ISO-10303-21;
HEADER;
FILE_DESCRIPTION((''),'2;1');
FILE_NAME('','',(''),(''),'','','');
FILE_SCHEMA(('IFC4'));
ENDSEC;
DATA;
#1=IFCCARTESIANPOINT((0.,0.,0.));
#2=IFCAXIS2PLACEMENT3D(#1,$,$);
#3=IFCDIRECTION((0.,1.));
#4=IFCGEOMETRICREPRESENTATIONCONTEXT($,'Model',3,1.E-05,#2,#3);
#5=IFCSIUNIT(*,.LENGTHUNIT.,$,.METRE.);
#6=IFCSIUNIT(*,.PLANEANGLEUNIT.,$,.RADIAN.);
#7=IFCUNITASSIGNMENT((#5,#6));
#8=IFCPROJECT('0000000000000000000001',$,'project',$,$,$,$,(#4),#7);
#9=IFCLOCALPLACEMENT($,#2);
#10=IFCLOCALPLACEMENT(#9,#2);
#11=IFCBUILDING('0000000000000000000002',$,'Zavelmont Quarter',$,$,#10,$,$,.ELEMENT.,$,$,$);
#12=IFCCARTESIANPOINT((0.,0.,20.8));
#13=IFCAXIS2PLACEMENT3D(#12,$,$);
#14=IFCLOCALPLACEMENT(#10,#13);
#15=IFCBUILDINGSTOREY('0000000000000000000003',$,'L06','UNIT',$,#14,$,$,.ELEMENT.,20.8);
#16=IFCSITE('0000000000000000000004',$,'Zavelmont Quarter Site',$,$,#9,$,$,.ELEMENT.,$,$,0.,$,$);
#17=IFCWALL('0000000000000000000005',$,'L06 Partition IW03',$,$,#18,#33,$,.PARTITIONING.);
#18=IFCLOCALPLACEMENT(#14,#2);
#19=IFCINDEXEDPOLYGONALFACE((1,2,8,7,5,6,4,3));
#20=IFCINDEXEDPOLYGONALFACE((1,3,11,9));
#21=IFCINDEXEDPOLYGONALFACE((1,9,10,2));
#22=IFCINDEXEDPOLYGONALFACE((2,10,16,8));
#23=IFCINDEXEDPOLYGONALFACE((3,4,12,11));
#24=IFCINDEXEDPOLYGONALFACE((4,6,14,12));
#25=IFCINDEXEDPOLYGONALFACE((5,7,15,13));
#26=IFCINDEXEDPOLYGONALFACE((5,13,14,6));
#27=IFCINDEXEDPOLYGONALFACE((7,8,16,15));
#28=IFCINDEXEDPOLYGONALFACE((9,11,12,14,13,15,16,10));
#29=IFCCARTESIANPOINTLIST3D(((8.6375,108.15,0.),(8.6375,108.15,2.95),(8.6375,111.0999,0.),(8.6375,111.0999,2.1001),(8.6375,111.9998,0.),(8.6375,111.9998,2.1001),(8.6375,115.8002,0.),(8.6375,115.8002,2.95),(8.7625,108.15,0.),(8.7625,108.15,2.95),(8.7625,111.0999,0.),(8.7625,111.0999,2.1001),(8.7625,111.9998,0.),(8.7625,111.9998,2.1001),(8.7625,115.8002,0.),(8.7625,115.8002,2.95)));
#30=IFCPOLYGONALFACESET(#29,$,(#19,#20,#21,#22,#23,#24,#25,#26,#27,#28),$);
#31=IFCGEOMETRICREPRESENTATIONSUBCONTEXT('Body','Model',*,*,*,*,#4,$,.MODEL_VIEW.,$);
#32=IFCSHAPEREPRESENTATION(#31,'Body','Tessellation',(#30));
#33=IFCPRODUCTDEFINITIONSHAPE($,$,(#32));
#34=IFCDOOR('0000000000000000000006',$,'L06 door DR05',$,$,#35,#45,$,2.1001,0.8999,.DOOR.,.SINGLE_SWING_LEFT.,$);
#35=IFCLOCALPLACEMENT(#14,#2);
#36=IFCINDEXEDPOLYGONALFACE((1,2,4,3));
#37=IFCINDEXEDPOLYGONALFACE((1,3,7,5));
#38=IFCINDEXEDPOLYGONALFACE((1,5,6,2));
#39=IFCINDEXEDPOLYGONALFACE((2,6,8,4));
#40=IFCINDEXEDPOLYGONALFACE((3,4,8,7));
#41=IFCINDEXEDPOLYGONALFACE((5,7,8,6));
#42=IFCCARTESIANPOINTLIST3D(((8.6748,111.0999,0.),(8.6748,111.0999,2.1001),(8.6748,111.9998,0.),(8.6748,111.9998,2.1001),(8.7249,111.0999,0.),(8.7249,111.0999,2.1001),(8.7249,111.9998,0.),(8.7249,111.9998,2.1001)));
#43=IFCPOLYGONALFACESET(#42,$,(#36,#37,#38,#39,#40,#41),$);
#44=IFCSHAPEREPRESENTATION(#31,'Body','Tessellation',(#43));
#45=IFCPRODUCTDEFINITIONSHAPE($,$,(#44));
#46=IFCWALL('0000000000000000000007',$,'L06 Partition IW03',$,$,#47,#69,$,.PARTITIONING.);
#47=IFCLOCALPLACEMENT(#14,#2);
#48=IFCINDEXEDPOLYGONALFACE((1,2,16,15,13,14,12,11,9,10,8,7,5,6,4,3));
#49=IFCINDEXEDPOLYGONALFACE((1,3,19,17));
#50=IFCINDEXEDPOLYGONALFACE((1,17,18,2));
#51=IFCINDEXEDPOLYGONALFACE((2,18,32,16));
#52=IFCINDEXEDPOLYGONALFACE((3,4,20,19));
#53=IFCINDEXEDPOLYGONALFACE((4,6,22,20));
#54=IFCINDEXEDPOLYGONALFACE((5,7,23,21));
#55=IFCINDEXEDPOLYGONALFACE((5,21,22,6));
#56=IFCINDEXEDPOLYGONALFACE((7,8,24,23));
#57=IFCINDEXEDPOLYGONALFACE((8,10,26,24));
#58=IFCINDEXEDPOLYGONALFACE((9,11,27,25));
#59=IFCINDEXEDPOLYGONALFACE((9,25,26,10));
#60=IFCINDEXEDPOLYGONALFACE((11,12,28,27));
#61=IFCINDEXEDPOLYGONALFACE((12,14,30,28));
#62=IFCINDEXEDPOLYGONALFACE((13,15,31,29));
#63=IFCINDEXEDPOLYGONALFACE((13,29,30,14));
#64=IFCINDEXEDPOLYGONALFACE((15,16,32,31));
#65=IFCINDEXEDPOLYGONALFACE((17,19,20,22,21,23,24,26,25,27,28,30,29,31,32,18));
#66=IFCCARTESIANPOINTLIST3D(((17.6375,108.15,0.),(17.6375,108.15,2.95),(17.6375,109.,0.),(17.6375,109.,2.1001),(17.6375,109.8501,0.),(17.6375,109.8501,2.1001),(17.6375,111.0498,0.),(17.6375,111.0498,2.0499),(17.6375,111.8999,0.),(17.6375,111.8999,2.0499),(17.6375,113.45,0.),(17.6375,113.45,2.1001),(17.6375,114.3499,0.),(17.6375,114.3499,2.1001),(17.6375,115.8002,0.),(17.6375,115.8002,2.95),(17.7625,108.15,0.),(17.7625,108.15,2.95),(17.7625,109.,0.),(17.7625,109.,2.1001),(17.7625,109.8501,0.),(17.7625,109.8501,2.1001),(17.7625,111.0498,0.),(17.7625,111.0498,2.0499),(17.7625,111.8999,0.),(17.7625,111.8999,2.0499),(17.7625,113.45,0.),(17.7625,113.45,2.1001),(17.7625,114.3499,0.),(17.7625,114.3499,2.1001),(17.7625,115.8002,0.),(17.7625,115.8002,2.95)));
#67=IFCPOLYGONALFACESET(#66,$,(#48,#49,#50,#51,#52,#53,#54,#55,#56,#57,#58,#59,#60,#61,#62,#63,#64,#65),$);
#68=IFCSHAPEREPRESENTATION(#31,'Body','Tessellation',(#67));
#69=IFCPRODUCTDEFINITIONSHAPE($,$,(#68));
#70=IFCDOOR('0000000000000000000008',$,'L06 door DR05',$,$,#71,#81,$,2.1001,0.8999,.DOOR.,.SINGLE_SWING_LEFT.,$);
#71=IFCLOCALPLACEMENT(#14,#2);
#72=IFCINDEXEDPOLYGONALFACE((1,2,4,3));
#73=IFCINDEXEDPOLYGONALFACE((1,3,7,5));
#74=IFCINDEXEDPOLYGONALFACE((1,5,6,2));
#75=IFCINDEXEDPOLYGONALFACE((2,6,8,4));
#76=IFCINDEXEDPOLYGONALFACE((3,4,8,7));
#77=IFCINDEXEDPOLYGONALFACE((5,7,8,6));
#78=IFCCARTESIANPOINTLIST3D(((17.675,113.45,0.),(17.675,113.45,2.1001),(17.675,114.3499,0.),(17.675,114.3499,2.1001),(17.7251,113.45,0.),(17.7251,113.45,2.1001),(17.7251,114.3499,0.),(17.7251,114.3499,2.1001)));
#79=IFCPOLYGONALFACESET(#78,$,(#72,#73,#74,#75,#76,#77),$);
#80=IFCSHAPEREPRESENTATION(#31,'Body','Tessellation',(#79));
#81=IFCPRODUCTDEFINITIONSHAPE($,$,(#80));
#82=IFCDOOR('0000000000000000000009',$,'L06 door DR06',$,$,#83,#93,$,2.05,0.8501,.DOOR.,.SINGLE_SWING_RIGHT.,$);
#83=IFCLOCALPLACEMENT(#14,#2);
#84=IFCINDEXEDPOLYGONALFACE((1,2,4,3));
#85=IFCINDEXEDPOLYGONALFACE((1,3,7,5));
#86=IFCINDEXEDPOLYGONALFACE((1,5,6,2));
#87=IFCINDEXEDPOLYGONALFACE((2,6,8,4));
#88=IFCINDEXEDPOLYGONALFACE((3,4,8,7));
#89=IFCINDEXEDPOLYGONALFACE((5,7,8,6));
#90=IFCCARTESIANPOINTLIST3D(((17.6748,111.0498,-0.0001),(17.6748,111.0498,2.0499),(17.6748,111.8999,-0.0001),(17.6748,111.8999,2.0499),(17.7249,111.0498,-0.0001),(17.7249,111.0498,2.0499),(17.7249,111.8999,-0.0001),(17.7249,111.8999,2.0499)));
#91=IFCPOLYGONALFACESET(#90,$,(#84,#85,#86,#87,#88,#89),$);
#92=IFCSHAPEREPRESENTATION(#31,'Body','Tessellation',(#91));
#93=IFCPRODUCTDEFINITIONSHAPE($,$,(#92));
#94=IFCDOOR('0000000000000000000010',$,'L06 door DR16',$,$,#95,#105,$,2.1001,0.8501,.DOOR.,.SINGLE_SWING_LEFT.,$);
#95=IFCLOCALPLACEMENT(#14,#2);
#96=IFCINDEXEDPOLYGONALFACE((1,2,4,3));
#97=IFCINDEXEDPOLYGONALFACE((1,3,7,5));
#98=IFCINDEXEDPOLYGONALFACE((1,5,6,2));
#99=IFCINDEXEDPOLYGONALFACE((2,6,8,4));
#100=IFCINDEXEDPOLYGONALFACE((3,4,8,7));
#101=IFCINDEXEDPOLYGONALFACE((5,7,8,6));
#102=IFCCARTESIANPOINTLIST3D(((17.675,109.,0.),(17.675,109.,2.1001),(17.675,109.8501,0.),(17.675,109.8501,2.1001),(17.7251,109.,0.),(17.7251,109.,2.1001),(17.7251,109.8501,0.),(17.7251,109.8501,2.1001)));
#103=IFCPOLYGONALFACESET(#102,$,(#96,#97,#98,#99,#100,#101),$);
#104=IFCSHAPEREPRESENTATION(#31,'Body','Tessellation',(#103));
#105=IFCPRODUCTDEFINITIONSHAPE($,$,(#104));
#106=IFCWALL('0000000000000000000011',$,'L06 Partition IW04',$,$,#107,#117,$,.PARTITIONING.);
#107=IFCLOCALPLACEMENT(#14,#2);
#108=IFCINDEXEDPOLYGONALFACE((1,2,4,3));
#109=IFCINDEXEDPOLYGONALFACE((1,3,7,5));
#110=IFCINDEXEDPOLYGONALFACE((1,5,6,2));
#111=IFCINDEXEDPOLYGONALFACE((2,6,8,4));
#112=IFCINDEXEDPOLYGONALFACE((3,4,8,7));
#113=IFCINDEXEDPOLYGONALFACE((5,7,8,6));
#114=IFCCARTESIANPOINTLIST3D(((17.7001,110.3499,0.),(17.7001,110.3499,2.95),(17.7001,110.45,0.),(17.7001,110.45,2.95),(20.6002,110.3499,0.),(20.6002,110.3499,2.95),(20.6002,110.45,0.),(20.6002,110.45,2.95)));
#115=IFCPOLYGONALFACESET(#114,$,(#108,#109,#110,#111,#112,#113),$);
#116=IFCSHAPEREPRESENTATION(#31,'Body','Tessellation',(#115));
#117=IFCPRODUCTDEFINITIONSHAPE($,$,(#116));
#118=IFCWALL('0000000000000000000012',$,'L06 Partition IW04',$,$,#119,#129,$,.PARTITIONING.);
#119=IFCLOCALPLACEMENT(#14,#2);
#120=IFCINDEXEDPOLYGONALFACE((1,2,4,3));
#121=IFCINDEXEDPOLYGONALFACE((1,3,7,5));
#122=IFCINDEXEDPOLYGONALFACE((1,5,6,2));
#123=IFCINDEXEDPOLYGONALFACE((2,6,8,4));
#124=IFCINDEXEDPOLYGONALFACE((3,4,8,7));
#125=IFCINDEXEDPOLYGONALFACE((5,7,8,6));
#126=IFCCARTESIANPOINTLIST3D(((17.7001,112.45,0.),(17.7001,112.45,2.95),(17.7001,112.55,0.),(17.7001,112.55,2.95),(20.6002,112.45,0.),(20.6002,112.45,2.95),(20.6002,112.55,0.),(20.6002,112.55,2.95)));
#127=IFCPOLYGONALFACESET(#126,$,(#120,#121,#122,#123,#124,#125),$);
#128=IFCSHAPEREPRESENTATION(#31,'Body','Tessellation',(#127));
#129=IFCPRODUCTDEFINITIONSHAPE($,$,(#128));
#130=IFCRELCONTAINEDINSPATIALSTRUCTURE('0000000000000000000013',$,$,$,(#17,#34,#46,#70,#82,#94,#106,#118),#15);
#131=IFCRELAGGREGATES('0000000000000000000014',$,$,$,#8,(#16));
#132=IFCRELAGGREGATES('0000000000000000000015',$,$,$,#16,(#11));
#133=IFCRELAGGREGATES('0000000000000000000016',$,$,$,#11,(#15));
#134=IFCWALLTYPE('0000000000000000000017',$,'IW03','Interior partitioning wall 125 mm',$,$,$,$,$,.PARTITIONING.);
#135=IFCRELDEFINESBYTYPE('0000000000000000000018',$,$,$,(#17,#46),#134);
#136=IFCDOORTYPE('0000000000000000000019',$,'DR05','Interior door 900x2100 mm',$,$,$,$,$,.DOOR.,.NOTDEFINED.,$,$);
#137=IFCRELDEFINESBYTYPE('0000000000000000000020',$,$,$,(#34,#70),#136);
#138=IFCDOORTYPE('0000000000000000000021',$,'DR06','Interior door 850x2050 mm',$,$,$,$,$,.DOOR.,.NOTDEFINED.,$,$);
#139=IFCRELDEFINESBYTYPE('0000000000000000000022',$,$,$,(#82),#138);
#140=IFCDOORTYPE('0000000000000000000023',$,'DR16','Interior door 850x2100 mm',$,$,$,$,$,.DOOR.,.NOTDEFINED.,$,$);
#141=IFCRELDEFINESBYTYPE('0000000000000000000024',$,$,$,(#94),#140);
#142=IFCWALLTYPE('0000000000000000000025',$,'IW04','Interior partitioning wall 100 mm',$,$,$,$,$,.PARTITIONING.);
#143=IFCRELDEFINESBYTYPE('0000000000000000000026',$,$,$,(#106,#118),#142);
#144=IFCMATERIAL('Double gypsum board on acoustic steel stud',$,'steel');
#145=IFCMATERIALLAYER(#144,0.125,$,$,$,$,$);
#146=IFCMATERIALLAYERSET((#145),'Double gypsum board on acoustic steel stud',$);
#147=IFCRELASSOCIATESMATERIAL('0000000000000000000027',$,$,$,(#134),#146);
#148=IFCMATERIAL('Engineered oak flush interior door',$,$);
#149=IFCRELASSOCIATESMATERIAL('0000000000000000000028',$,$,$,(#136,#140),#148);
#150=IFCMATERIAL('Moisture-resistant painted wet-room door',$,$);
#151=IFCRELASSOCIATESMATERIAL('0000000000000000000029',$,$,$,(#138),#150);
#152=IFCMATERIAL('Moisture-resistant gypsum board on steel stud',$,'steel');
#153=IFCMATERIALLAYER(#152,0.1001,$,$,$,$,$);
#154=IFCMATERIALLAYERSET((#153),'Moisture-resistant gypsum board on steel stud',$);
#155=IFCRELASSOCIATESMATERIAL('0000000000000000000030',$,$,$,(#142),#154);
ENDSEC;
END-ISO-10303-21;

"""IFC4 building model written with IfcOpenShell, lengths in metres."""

from ifc_helpers import new_model, si_unit, direction, frame, frame_2d, origin, origin_with_axes, place, context, subcontext, project, spatial, rectangle, extrude, material, layer, layer_set, type_object, element, fill, save


model = new_model("IFC4")

# Units and contexts
model_context = context("Model", 3, precision=1e-05, world=origin(), true_north=direction((0.0, 1.0)))
body_context = subcontext(model_context, "Body", "Model", "MODEL_VIEW")
ifc_project = project(units=[si_unit("LENGTHUNIT", "METRE"), si_unit("PLANEANGLEUNIT", "RADIAN")], contexts=[model_context])

# Site, building, storey
site_placement = place(None, origin())
site = spatial("IfcSite", under=ifc_project, at=site_placement, Name="Zavelmont Quarter Site", CompositionType="ELEMENT", RefElevation=0.0)
building_placement = place(site_placement, origin())
building = spatial("IfcBuilding", under=site, at=building_placement, Name="Zavelmont Quarter", CompositionType="ELEMENT")
storey_placement = place(building_placement, frame((0.0, 0.0, 20.8)))
storey = spatial("IfcBuildingStorey", under=building, at=storey_placement, Name="L06", Description="UNIT", CompositionType="ELEMENT", Elevation=20.8)

# Wall, opening, door
ifc_material_1 = material(Name="Double gypsum board on acoustic steel stud", Category="steel")
ifc_layer_1 = layer(ifc_material_1, 0.125)
ifc_layer_set_1 = layer_set([ifc_layer_1], Name="Double gypsum board on acoustic steel stud")
wall_type_1 = type_object("IfcWallType", Name="IW03", Description="Interior partitioning wall 125 mm", PredefinedType="PARTITIONING", material=ifc_layer_set_1)
wall_1_placement = place(storey_placement, frame((8.7, 108.1499, 0.0), z_axis=(0.0, 0.0, 1.0), x_axis=(0.0, 1.0, 0.0)))
wall_1 = element("IfcWall", 1, at=wall_1_placement, inside=storey, type_object=wall_type_1, Name="L06 Partition IW03", PredefinedType="PARTITIONING", context=body_context, shape_type="SweptSolid", body=[
    extrude(rectangle(XDim=7.6501, YDim=0.125, at=frame_2d((3.8252, 0.0))), origin(), (0.0, 0.0, 1.0), 2.95),
])
opening_1_placement = place(wall_1_placement, frame((2.95, 0.0, 0.0)))
opening_1 = element("IfcOpeningElement", 2, at=opening_1_placement, cuts=wall_1, PredefinedType="OPENING", context=body_context, shape_type="SweptSolid", body=[
    extrude(rectangle(XDim=0.8999, YDim=2.1001, at=frame_2d((0.45, 1.05))), frame((0.0, 0.0745, 0.0), z_axis=(0.0, -1.0, 0.0), x_axis=(1.0, 0.0, 0.0)), (0.0, 0.0, 1.0), 0.1489),
])
ifc_material_2 = material(Name="Engineered oak flush interior door")
door_type_1 = type_object("IfcDoorType", Name="DR05", Description="Interior door 900x2100 mm", OperationType="NOTDEFINED", PredefinedType="DOOR", material=ifc_material_2)
door_1_placement = place(opening_1_placement, frame((0.8999, 0.0, 0.0), z_axis=(0.0, 0.0, 1.0), x_axis=(-1.0, 0.0, 0.0)))
door_1 = element("IfcDoor", 3, at=door_1_placement, inside=storey, type_object=door_type_1, Name="L06 door DR05", OperationType="SINGLE_SWING_LEFT", OverallHeight=2.1001, OverallWidth=0.8999, PredefinedType="DOOR", context=body_context, shape_type="SweptSolid", body=[
    extrude(rectangle(XDim=0.8999, YDim=2.1001, at=frame_2d((0.45, 1.05))), frame((0.0, 0.0249, 0.0), z_axis=(0.0, -1.0, 0.0), x_axis=(1.0, 0.0, 0.0)), (0.0, 0.0, 1.0), 0.05),
])
fill(opening_1, door_1)

# Wall, openings, doors
wall_2_placement = place(storey_placement, frame((17.7, 108.1499, 0.0), z_axis=(0.0, 0.0, 1.0), x_axis=(0.0, 1.0, 0.0)))
wall_2 = element("IfcWall", 4, at=wall_2_placement, inside=storey, type_object=wall_type_1, Name="L06 Partition IW03", PredefinedType="PARTITIONING", context=body_context, shape_type="SweptSolid", body=[
    extrude(rectangle(XDim=7.6501, YDim=0.125, at=frame_2d((3.8252, 0.0))), origin(), (0.0, 0.0, 1.0), 2.95),
])
opening_2_placement = place(wall_2_placement, frame((0.8501, 0.0, 0.0)))
opening_2 = element("IfcOpeningElement", 5, at=opening_2_placement, cuts=wall_2, PredefinedType="OPENING", context=body_context, shape_type="SweptSolid", body=[
    extrude(rectangle(XDim=0.8501, YDim=2.1001, at=frame_2d((0.425, 1.05))), frame((0.0, 0.0745, 0.0), z_axis=(0.0, -1.0, 0.0), x_axis=(1.0, 0.0, 0.0)), (0.0, 0.0, 1.0), 0.1489),
])
opening_3_placement = place(wall_2_placement, frame((2.8999, 0.0, 0.0)))
opening_3 = element("IfcOpeningElement", 6, at=opening_3_placement, cuts=wall_2, PredefinedType="OPENING", context=body_context, shape_type="SweptSolid", body=[
    extrude(rectangle(XDim=0.8501, YDim=2.05, at=frame_2d((0.425, 1.0249))), frame((0.0, 0.0745, 0.0), z_axis=(0.0, -1.0, 0.0), x_axis=(1.0, 0.0, 0.0)), (0.0, 0.0, 1.0), 0.1489),
])
opening_4_placement = place(wall_2_placement, frame((5.3, 0.0, 0.0)))
opening_4 = element("IfcOpeningElement", 7, at=opening_4_placement, cuts=wall_2, PredefinedType="OPENING", context=body_context, shape_type="SweptSolid", body=[
    extrude(rectangle(XDim=0.8999, YDim=2.1001, at=frame_2d((0.45, 1.05))), frame((0.0, 0.0745, 0.0), z_axis=(0.0, -1.0, 0.0), x_axis=(1.0, 0.0, 0.0)), (0.0, 0.0, 1.0), 0.1489),
])
door_2_placement = place(opening_4_placement, origin_with_axes())
door_2 = element("IfcDoor", 8, at=door_2_placement, inside=storey, type_object=door_type_1, Name="L06 door DR05", OperationType="SINGLE_SWING_LEFT", OverallHeight=2.1001, OverallWidth=0.8999, PredefinedType="DOOR", context=body_context, shape_type="SweptSolid", body=[
    extrude(rectangle(XDim=0.8999, YDim=2.1001, at=frame_2d((0.45, 1.05))), frame((0.0, 0.0249, 0.0), z_axis=(0.0, -1.0, 0.0), x_axis=(1.0, 0.0, 0.0)), (0.0, 0.0, 1.0), 0.05),
])
fill(opening_4, door_2)
ifc_material_3 = material(Name="Moisture-resistant painted wet-room door")
door_type_2 = type_object("IfcDoorType", Name="DR06", Description="Interior door 850x2050 mm", OperationType="NOTDEFINED", PredefinedType="DOOR", material=ifc_material_3)
door_3_placement = place(opening_3_placement, frame((0.8501, 0.0, 0.0), z_axis=(0.0, 0.0, 1.0), x_axis=(-1.0, 0.0, 0.0)))
door_3 = element("IfcDoor", 9, at=door_3_placement, inside=storey, type_object=door_type_2, Name="L06 door DR06", OperationType="SINGLE_SWING_RIGHT", OverallHeight=2.05, OverallWidth=0.8501, PredefinedType="DOOR", context=body_context, shape_type="SweptSolid", body=[
    extrude(rectangle(XDim=0.8501, YDim=2.05, at=frame_2d((0.425, 1.0249))), frame((0.0, 0.0249, 0.0), z_axis=(0.0, -1.0, 0.0), x_axis=(1.0, 0.0, 0.0)), (0.0, 0.0, 1.0), 0.05),
])
fill(opening_3, door_3)
door_type_3 = type_object("IfcDoorType", Name="DR16", Description="Interior door 850x2100 mm", OperationType="NOTDEFINED", PredefinedType="DOOR", material=ifc_material_2)
door_4_placement = place(opening_2_placement, origin_with_axes())
door_4 = element("IfcDoor", 10, at=door_4_placement, inside=storey, type_object=door_type_3, Name="L06 door DR16", OperationType="SINGLE_SWING_LEFT", OverallHeight=2.1001, OverallWidth=0.8501, PredefinedType="DOOR", context=body_context, shape_type="SweptSolid", body=[
    extrude(rectangle(XDim=0.8501, YDim=2.1001, at=frame_2d((0.425, 1.05))), frame((0.0, 0.0249, 0.0), z_axis=(0.0, -1.0, 0.0), x_axis=(1.0, 0.0, 0.0)), (0.0, 0.0, 1.0), 0.05),
])
fill(opening_2, door_4)

# Walls
ifc_material_4 = material(Name="Moisture-resistant gypsum board on steel stud", Category="steel")
ifc_layer_2 = layer(ifc_material_4, 0.1001)
ifc_layer_set_2 = layer_set([ifc_layer_2], Name="Moisture-resistant gypsum board on steel stud")
wall_type_2 = type_object("IfcWallType", Name="IW04", Description="Interior partitioning wall 100 mm", PredefinedType="PARTITIONING", material=ifc_layer_set_2)
for number, where, z_axis, x_axis, name in (
    (11, (17.7, 110.3999, 0.0), (0.0, 0.0, 1.0), (1.0, 0.0, 0.0), "L06 Partition IW04"),
    (12, (17.7, 112.5, 0.0), (0.0, 0.0, 1.0), (1.0, 0.0, 0.0), "L06 Partition IW04"),
):
    element("IfcWall", number, at=place(storey_placement, frame(where, z_axis=z_axis, x_axis=x_axis)), inside=storey, type_object=wall_type_2, Name=name, PredefinedType="PARTITIONING", context=body_context, shape_type="SweptSolid", body=[
        extrude(rectangle(XDim=2.9001, YDim=0.1001, at=frame_2d((1.4502, 0.0))), origin(), (0.0, 0.0, 1.0), 2.95),
    ])

save(model, "model.ifc")
